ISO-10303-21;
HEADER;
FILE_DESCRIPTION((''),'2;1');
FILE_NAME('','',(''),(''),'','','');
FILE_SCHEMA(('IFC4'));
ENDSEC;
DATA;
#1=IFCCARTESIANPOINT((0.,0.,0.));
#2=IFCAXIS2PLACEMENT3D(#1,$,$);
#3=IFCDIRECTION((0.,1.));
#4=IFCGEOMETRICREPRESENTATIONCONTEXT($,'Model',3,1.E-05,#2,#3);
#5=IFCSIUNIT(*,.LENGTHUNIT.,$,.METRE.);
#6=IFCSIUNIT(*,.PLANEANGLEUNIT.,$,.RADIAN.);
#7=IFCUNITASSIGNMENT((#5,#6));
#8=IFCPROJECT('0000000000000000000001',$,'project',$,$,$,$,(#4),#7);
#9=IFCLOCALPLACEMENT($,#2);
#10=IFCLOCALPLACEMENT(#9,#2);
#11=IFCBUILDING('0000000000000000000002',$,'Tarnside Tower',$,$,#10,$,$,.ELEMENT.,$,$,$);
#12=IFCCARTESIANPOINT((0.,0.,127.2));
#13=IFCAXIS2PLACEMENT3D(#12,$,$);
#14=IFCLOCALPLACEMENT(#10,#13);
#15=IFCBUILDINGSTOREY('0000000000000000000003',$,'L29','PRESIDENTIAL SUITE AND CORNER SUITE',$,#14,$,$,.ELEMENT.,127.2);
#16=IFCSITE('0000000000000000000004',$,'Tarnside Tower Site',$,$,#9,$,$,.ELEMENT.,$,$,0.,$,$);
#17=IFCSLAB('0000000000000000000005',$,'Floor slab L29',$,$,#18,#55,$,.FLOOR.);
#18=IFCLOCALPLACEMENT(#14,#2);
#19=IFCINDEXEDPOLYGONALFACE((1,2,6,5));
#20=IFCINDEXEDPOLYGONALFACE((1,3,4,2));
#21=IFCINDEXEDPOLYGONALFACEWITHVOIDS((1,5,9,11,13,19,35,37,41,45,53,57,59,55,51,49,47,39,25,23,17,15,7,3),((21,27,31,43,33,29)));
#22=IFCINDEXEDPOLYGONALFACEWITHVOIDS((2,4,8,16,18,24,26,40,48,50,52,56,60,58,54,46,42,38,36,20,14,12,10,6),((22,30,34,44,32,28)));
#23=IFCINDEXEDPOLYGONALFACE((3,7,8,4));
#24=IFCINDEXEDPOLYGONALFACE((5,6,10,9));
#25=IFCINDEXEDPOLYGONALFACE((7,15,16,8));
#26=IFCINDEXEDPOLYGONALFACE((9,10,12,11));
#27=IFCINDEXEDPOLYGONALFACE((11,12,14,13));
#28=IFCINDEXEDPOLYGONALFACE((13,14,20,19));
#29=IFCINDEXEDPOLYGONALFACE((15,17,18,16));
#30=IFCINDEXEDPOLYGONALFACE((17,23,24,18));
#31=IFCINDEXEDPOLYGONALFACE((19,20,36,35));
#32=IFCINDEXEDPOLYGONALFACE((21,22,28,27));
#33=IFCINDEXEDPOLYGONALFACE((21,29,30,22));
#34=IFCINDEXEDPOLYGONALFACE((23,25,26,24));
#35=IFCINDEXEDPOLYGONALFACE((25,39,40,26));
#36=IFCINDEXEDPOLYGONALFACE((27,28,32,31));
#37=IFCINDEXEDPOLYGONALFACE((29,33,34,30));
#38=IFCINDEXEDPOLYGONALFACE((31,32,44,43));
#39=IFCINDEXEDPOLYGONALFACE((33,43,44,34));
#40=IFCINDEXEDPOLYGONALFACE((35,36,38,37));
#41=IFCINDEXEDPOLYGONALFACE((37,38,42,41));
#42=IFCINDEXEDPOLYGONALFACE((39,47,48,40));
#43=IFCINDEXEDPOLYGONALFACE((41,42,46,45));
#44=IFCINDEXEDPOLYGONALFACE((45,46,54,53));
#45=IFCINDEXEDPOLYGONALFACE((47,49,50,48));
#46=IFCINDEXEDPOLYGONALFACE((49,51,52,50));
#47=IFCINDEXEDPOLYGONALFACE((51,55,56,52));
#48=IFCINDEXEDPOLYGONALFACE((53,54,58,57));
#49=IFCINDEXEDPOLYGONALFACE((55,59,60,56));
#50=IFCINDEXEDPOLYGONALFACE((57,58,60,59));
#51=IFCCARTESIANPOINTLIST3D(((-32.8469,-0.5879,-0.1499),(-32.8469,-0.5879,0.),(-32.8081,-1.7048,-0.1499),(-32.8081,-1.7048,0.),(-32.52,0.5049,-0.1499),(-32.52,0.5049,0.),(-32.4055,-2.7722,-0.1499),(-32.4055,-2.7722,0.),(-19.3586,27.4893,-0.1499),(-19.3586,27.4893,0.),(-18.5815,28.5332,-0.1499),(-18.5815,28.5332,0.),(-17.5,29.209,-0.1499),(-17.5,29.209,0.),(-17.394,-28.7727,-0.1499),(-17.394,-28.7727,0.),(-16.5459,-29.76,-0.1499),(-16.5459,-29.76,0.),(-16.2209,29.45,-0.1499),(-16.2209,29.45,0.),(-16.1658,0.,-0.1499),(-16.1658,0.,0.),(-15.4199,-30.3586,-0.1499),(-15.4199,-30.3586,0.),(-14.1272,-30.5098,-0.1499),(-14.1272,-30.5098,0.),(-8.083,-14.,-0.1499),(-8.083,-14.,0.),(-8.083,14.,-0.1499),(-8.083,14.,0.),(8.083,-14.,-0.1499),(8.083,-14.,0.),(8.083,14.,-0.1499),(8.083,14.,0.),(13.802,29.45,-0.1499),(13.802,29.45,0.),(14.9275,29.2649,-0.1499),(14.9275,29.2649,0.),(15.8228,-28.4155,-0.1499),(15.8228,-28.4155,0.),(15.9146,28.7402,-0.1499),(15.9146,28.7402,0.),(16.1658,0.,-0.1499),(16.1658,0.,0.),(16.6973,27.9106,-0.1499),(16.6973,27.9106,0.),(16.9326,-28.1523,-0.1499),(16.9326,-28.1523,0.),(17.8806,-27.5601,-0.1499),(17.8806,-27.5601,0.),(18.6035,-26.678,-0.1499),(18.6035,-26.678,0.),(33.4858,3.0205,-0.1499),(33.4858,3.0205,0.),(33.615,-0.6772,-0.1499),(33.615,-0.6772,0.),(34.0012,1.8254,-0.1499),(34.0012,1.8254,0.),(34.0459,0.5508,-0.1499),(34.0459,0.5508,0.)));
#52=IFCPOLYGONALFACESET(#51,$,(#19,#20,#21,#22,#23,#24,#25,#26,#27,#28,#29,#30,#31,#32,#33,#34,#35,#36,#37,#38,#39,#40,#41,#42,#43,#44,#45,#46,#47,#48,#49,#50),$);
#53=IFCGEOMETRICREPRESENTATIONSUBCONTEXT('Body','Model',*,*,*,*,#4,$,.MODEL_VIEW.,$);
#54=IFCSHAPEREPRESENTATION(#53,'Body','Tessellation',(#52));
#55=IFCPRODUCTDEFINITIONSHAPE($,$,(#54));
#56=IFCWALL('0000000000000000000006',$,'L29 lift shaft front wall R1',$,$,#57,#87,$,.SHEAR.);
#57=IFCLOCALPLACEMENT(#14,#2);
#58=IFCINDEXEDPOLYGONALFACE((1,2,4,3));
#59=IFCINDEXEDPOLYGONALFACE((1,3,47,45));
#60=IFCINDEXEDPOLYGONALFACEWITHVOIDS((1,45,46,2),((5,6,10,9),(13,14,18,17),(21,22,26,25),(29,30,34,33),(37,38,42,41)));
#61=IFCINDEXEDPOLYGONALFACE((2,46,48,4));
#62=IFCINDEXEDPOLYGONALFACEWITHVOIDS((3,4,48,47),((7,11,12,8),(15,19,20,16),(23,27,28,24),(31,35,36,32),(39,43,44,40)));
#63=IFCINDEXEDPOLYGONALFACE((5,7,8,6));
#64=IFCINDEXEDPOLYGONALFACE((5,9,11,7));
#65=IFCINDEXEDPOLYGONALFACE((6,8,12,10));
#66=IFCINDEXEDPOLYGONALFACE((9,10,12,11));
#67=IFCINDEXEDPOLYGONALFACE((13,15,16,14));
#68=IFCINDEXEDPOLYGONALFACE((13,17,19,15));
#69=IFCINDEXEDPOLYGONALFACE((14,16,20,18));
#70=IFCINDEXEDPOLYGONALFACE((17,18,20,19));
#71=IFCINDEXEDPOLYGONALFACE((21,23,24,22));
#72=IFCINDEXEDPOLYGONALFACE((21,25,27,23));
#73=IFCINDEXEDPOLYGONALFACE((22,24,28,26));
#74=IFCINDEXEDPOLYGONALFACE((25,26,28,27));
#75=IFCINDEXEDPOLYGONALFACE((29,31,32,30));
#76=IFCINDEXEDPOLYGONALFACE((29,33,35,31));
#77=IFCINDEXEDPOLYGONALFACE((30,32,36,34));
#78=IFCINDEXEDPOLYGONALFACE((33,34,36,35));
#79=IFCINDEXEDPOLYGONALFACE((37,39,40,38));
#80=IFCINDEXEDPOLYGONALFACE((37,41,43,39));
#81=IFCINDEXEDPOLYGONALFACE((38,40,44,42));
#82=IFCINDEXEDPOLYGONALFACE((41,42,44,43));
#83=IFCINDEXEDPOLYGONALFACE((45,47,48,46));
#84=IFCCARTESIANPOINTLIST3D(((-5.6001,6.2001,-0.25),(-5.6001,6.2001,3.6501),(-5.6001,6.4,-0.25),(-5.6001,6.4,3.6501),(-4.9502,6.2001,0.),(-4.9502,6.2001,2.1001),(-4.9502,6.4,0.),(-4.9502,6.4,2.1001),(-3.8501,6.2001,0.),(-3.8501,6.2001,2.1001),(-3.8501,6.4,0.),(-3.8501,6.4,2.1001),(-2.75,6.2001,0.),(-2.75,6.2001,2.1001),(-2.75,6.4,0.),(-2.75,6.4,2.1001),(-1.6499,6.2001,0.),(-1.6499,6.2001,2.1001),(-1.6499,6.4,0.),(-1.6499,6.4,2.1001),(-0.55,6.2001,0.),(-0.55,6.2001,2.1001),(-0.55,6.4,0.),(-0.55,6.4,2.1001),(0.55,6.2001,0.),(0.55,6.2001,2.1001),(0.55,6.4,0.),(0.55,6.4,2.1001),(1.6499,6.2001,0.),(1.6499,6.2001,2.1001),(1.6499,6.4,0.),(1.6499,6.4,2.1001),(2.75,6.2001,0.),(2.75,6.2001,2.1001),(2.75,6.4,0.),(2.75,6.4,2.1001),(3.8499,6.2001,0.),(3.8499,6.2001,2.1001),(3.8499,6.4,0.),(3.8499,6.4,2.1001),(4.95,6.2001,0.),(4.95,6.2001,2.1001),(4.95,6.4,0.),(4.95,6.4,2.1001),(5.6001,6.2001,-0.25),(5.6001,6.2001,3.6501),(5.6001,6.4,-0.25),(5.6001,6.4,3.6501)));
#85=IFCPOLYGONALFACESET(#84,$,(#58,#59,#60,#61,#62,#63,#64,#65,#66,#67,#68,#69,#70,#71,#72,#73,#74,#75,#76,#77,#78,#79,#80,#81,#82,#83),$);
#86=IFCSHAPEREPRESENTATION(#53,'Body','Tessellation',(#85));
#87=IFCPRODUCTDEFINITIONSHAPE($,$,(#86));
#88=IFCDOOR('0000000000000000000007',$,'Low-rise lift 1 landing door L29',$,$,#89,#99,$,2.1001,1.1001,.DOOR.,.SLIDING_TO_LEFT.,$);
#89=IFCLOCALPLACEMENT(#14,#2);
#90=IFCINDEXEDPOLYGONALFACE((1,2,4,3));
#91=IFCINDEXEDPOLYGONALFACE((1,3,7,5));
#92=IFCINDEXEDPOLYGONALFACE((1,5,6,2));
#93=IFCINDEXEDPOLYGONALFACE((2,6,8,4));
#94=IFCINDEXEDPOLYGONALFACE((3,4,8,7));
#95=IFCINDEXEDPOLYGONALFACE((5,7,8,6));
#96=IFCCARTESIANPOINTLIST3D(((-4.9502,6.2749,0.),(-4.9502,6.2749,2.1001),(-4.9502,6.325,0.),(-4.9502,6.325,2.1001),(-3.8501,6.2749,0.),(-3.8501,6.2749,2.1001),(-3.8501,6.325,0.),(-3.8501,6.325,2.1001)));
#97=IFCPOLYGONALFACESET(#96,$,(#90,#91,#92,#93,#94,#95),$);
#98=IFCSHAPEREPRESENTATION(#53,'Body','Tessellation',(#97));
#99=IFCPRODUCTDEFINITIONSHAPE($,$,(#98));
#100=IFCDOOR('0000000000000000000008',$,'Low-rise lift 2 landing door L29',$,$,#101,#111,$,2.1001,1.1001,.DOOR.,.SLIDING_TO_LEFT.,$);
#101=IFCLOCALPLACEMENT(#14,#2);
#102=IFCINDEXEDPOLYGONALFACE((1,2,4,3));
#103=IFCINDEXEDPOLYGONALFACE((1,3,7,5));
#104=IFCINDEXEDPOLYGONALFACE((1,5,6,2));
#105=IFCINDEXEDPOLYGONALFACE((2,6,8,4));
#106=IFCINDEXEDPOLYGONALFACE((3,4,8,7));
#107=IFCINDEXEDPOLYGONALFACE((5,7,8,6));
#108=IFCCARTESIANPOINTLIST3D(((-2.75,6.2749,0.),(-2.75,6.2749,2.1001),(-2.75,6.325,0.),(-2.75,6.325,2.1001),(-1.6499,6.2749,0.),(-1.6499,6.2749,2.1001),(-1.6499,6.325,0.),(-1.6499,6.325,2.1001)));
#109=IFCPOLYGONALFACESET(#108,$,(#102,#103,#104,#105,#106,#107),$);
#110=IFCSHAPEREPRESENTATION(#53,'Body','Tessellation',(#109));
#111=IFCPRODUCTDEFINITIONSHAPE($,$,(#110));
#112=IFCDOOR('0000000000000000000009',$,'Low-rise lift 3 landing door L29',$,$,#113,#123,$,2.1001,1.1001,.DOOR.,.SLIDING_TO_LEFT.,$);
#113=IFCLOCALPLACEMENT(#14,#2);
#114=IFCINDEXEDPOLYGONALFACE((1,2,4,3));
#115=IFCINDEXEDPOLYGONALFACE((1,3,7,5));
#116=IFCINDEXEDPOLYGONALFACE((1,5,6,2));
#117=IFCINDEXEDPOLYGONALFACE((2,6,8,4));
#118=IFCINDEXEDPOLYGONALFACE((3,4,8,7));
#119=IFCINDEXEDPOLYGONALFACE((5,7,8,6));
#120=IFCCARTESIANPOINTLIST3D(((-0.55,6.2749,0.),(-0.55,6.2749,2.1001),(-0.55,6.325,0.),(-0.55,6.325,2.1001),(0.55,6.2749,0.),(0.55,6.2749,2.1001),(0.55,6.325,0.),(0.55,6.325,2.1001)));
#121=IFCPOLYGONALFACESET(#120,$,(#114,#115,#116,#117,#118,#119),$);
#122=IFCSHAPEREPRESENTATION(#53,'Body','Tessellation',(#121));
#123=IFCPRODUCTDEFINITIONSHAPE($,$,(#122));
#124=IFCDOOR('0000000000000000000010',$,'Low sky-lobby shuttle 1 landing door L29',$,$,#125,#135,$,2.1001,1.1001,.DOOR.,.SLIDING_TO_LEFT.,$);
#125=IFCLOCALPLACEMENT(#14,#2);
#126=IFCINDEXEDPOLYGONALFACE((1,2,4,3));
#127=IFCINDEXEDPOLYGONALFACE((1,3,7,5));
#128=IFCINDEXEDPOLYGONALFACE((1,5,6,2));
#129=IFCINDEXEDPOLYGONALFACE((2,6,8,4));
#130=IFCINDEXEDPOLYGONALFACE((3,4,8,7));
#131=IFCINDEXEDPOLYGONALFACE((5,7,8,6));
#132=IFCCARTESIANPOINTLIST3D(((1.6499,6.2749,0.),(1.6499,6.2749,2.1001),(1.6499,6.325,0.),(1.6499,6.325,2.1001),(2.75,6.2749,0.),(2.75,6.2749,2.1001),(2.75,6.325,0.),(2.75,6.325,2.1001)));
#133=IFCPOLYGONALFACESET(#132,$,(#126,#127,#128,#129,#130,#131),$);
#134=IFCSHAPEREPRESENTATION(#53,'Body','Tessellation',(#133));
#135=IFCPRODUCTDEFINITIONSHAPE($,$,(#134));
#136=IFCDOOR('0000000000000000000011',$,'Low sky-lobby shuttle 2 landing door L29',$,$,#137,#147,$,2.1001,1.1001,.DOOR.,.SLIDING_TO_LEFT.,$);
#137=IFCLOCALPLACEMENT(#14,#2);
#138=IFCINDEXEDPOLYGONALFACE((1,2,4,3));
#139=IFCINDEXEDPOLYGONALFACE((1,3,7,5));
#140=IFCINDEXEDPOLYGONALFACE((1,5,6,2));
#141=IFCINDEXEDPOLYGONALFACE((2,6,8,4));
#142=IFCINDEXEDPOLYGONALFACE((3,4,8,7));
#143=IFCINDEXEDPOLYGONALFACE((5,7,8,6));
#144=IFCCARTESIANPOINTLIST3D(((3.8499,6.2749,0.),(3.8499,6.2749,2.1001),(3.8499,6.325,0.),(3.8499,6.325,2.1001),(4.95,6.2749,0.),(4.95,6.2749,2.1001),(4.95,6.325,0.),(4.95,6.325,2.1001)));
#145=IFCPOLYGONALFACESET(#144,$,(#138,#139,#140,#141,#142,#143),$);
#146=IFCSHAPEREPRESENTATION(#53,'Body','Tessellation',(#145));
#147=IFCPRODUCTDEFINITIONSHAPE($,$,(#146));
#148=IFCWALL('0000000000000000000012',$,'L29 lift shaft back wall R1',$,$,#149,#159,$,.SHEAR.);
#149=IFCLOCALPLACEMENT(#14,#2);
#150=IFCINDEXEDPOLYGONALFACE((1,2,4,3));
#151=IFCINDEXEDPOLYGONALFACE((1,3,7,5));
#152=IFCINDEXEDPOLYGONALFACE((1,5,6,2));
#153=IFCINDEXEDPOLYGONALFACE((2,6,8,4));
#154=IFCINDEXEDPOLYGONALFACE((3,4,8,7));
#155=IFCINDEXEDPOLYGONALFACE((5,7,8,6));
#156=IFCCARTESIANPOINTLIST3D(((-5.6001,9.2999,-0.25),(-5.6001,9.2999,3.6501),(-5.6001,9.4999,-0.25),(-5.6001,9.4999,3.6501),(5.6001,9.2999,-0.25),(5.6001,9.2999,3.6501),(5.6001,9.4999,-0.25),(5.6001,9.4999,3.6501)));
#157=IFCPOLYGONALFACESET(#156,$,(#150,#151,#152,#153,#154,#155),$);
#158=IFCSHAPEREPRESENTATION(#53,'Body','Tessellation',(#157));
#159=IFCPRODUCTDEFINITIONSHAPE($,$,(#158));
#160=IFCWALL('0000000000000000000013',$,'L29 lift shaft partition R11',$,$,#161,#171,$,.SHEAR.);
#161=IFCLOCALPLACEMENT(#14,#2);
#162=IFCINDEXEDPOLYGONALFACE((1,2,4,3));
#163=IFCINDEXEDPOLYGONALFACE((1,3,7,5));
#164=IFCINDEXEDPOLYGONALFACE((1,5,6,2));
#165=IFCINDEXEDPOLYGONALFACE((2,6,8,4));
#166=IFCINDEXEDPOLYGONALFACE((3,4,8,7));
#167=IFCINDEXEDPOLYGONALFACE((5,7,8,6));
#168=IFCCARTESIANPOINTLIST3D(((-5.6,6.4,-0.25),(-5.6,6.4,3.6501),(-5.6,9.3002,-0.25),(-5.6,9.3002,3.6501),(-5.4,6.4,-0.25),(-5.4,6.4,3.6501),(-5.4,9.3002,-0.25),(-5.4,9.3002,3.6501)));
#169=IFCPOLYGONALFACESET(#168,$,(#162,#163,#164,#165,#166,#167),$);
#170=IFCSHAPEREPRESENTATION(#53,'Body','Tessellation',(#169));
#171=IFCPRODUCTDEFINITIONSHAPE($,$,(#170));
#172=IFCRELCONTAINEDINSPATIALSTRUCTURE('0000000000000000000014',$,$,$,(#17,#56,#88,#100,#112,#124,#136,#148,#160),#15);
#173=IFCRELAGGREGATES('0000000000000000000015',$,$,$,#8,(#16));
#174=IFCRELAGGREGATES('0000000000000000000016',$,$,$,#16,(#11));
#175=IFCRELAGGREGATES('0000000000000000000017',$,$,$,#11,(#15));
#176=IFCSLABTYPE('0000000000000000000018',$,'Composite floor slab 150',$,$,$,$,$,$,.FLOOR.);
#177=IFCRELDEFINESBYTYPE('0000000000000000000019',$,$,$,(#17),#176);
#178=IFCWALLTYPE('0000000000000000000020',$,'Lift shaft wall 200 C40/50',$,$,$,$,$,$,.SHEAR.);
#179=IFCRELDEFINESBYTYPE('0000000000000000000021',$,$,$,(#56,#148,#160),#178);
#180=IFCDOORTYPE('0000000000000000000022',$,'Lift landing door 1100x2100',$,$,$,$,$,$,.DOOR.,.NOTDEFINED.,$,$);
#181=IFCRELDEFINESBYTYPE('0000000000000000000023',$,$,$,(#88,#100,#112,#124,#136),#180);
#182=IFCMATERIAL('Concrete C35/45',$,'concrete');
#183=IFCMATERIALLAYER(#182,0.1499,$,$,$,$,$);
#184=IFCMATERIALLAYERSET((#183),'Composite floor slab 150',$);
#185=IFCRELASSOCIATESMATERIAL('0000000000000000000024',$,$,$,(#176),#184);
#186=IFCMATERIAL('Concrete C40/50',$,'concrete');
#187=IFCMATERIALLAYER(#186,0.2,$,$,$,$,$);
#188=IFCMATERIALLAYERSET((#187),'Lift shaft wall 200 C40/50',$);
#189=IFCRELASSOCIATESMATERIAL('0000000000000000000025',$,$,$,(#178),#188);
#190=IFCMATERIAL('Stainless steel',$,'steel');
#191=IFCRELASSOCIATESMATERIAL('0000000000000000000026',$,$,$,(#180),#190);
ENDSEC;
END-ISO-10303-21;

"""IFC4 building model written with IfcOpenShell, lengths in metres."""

from ifc_helpers import new_model, si_unit, direction, frame, frame_2d, origin, place, context, subcontext, project, spatial, polyline, rectangle, outline, extrude, material, layer, layer_set, type_object, element, fill, save


model = new_model("IFC4")

# Units and contexts
model_context = context("Model", 3, precision=1e-05, world=origin(), true_north=direction((0.0, 1.0)))
body_context = subcontext(model_context, "Body", "Model", "MODEL_VIEW")
ifc_project = project(units=[si_unit("LENGTHUNIT", "METRE"), si_unit("PLANEANGLEUNIT", "RADIAN")], contexts=[model_context])

# Site, building, storey
site_placement = place(None, origin())
site = spatial("IfcSite", under=ifc_project, at=site_placement, Name="Tarnside Tower Site", CompositionType="ELEMENT", RefElevation=0.0)
building_placement = place(site_placement, origin())
building = spatial("IfcBuilding", under=site, at=building_placement, Name="Tarnside Tower", CompositionType="ELEMENT")
storey_placement = place(building_placement, frame((0.0, 0.0, 127.2)))
storey = spatial("IfcBuildingStorey", under=building, at=storey_placement, Name="L29", Description="PRESIDENTIAL SUITE AND CORNER SUITE", CompositionType="ELEMENT", Elevation=127.2)

# Slab
ifc_material_1 = material(Name="Concrete C35/45", Category="concrete")
ifc_layer_1 = layer(ifc_material_1, 0.1499)
ifc_layer_set_1 = layer_set([ifc_layer_1], Name="Composite floor slab 150")
slab_type = type_object("IfcSlabType", Name="Composite floor slab 150", PredefinedType="FLOOR", material=ifc_layer_set_1)
slab_placement = place(storey_placement, frame((0.0, 0.0, -0.1499)))
element("IfcSlab", 1, at=slab_placement, inside=storey, type_object=slab_type, Name="Floor slab L29", PredefinedType="FLOOR", context=body_context, shape_type="SweptSolid", body=[
    extrude(outline(polyline([(14.9275, 29.2649), (15.9146, 28.7402), (16.6973, 27.9106), (33.4858, 3.0205), (34.0012, 1.8254), (34.0459, 0.5508), (33.615, -0.6772), (18.6035, -26.678), (17.8806, -27.5601), (16.9326, -28.1523), (15.8228, -28.4155), (-14.1272, -30.5098), (-15.4199, -30.3586), (-16.5459, -29.76), (-17.394, -28.7727), (-32.4055, -2.7722), (-32.8081, -1.7048), (-32.8469, -0.5879), (-32.52, 0.5049), (-19.3586, 27.4893), (-18.5815, 28.5332), (-17.5, 29.209), (-16.2209, 29.45), (13.802, 29.45), (14.9275, 29.2649)]), holes=[polyline([(-16.1658, 0.0), (-8.083, -14.0), (8.083, -14.0), (16.1658, 0.0), (8.083, 14.0), (-8.083, 14.0), (-16.1658, 0.0)])]), origin(), (0.0, 0.0, 1.0), 0.1499),
])

# Wall, openings, doors
ifc_material_2 = material(Name="Concrete C40/50", Category="concrete")
ifc_layer_2 = layer(ifc_material_2, 0.2)
ifc_layer_set_2 = layer_set([ifc_layer_2], Name="Lift shaft wall 200 C40/50")
wall_type = type_object("IfcWallType", Name="Lift shaft wall 200 C40/50", PredefinedType="SHEAR", material=ifc_layer_set_2)
wall_1_placement = place(storey_placement, frame((-5.6001, 6.3, -0.25), z_axis=(0.0, 0.0, 1.0), x_axis=(1.0, 0.0, 0.0)))
wall_1 = element("IfcWall", 2, at=wall_1_placement, inside=storey, type_object=wall_type, Name="L29 lift shaft front wall R1", PredefinedType="SHEAR", context=body_context, shape_type="SweptSolid", body=[
    extrude(rectangle(XDim=11.2002, YDim=0.2, at=frame_2d((5.6001, 0.0))), origin(), (0.0, 0.0, 1.0), 3.9001),
])
opening_1_placement = place(wall_1_placement, frame((0.6499, 0.0, 0.25)))
opening_1 = element("IfcOpeningElement", 3, at=opening_1_placement, cuts=wall_1, PredefinedType="OPENING", context=body_context, shape_type="SweptSolid", body=[
    extrude(rectangle(XDim=1.1001, YDim=2.1001, at=frame_2d((0.55, 1.05))), frame((0.0, 0.1099, 0.0), z_axis=(0.0, -1.0, 0.0), x_axis=(1.0, 0.0, 0.0)), (0.0, 0.0, 1.0), 0.22),
])
opening_2_placement = place(wall_1_placement, frame((2.8501, 0.0, 0.25)))
opening_2 = element("IfcOpeningElement", 4, at=opening_2_placement, cuts=wall_1, PredefinedType="OPENING", context=body_context, shape_type="SweptSolid", body=[
    extrude(rectangle(XDim=1.1001, YDim=2.1001, at=frame_2d((0.55, 1.05))), frame((0.0, 0.1099, 0.0), z_axis=(0.0, -1.0, 0.0), x_axis=(1.0, 0.0, 0.0)), (0.0, 0.0, 1.0), 0.22),
])
opening_3_placement = place(wall_1_placement, frame((5.05, 0.0, 0.25)))
opening_3 = element("IfcOpeningElement", 5, at=opening_3_placement, cuts=wall_1, PredefinedType="OPENING", context=body_context, shape_type="SweptSolid", body=[
    extrude(rectangle(XDim=1.1001, YDim=2.1001, at=frame_2d((0.55, 1.05))), frame((0.0, 0.1099, 0.0), z_axis=(0.0, -1.0, 0.0), x_axis=(1.0, 0.0, 0.0)), (0.0, 0.0, 1.0), 0.22),
])
opening_4_placement = place(wall_1_placement, frame((7.25, 0.0, 0.25)))
opening_4 = element("IfcOpeningElement", 6, at=opening_4_placement, cuts=wall_1, PredefinedType="OPENING", context=body_context, shape_type="SweptSolid", body=[
    extrude(rectangle(XDim=1.1001, YDim=2.1001, at=frame_2d((0.55, 1.05))), frame((0.0, 0.1099, 0.0), z_axis=(0.0, -1.0, 0.0), x_axis=(1.0, 0.0, 0.0)), (0.0, 0.0, 1.0), 0.22),
])
opening_5_placement = place(wall_1_placement, frame((9.45, 0.0, 0.25)))
opening_5 = element("IfcOpeningElement", 7, at=opening_5_placement, cuts=wall_1, PredefinedType="OPENING", context=body_context, shape_type="SweptSolid", body=[
    extrude(rectangle(XDim=1.1001, YDim=2.1001, at=frame_2d((0.55, 1.05))), frame((0.0, 0.1099, 0.0), z_axis=(0.0, -1.0, 0.0), x_axis=(1.0, 0.0, 0.0)), (0.0, 0.0, 1.0), 0.22),
])
ifc_material_3 = material(Name="Stainless steel", Category="steel")
door_type = type_object("IfcDoorType", Name="Lift landing door 1100x2100", OperationType="NOTDEFINED", PredefinedType="DOOR", material=ifc_material_3)
door_1_placement = place(opening_1_placement, origin())
door_1 = element("IfcDoor", 8, at=door_1_placement, inside=storey, type_object=door_type, Name="Low-rise lift 1 landing door L29", OperationType="SLIDING_TO_LEFT", OverallHeight=2.1001, OverallWidth=1.1001, PredefinedType="DOOR", context=body_context, shape_type="SweptSolid", body=[
    extrude(rectangle(XDim=1.1001, YDim=2.1001, at=frame_2d((0.55, 1.05))), frame((0.0, 0.0249, 0.0), z_axis=(0.0, -1.0, 0.0), x_axis=(1.0, 0.0, 0.0)), (0.0, 0.0, 1.0), 0.05),
])
fill(opening_1, door_1)
door_2_placement = place(opening_2_placement, origin())
door_2 = element("IfcDoor", 9, at=door_2_placement, inside=storey, type_object=door_type, Name="Low-rise lift 2 landing door L29", OperationType="SLIDING_TO_LEFT", OverallHeight=2.1001, OverallWidth=1.1001, PredefinedType="DOOR", context=body_context, shape_type="SweptSolid", body=[
    extrude(rectangle(XDim=1.1001, YDim=2.1001, at=frame_2d((0.55, 1.05))), frame((0.0, 0.0249, 0.0), z_axis=(0.0, -1.0, 0.0), x_axis=(1.0, 0.0, 0.0)), (0.0, 0.0, 1.0), 0.05),
])
fill(opening_2, door_2)
door_3_placement = place(opening_3_placement, origin())
door_3 = element("IfcDoor", 10, at=door_3_placement, inside=storey, type_object=door_type, Name="Low-rise lift 3 landing door L29", OperationType="SLIDING_TO_LEFT", OverallHeight=2.1001, OverallWidth=1.1001, PredefinedType="DOOR", context=body_context, shape_type="SweptSolid", body=[
    extrude(rectangle(XDim=1.1001, YDim=2.1001, at=frame_2d((0.55, 1.05))), frame((0.0, 0.0249, 0.0), z_axis=(0.0, -1.0, 0.0), x_axis=(1.0, 0.0, 0.0)), (0.0, 0.0, 1.0), 0.05),
])
fill(opening_3, door_3)
door_4_placement = place(opening_4_placement, origin())
door_4 = element("IfcDoor", 11, at=door_4_placement, inside=storey, type_object=door_type, Name="Low sky-lobby shuttle 1 landing door L29", OperationType="SLIDING_TO_LEFT", OverallHeight=2.1001, OverallWidth=1.1001, PredefinedType="DOOR", context=body_context, shape_type="SweptSolid", body=[
    extrude(rectangle(XDim=1.1001, YDim=2.1001, at=frame_2d((0.55, 1.05))), frame((0.0, 0.0249, 0.0), z_axis=(0.0, -1.0, 0.0), x_axis=(1.0, 0.0, 0.0)), (0.0, 0.0, 1.0), 0.05),
])
fill(opening_4, door_4)
door_5_placement = place(opening_5_placement, origin())
door_5 = element("IfcDoor", 12, at=door_5_placement, inside=storey, type_object=door_type, Name="Low sky-lobby shuttle 2 landing door L29", OperationType="SLIDING_TO_LEFT", OverallHeight=2.1001, OverallWidth=1.1001, PredefinedType="DOOR", context=body_context, shape_type="SweptSolid", body=[
    extrude(rectangle(XDim=1.1001, YDim=2.1001, at=frame_2d((0.55, 1.05))), frame((0.0, 0.0249, 0.0), z_axis=(0.0, -1.0, 0.0), x_axis=(1.0, 0.0, 0.0)), (0.0, 0.0, 1.0), 0.05),
])
fill(opening_5, door_5)

# Walls
wall_2_placement = place(storey_placement, frame((-5.6001, 9.3999, -0.25), z_axis=(0.0, 0.0, 1.0), x_axis=(1.0, 0.0, 0.0)))
element("IfcWall", 13, at=wall_2_placement, inside=storey, type_object=wall_type, Name="L29 lift shaft back wall R1", PredefinedType="SHEAR", context=body_context, shape_type="SweptSolid", body=[
    extrude(rectangle(XDim=11.2002, YDim=0.2, at=frame_2d((5.6001, 0.0))), origin(), (0.0, 0.0, 1.0), 3.9001),
])
for number, where, z_axis, x_axis, name in (
    (14, (-5.5, 6.3999, -0.25), (0.0, 0.0, 1.0), (0.0, 1.0, 0.0), "L29 lift shaft partition R11"),
):
    element("IfcWall", number, at=place(storey_placement, frame(where, z_axis=z_axis, x_axis=x_axis)), inside=storey, type_object=wall_type, Name=name, PredefinedType="SHEAR", context=body_context, shape_type="SweptSolid", body=[
        extrude(rectangle(XDim=2.9001, YDim=0.2, at=frame_2d((1.4502, 0.0))), origin(), (0.0, 0.0, 1.0), 3.9001),
    ])

save(model, "model.ifc")
